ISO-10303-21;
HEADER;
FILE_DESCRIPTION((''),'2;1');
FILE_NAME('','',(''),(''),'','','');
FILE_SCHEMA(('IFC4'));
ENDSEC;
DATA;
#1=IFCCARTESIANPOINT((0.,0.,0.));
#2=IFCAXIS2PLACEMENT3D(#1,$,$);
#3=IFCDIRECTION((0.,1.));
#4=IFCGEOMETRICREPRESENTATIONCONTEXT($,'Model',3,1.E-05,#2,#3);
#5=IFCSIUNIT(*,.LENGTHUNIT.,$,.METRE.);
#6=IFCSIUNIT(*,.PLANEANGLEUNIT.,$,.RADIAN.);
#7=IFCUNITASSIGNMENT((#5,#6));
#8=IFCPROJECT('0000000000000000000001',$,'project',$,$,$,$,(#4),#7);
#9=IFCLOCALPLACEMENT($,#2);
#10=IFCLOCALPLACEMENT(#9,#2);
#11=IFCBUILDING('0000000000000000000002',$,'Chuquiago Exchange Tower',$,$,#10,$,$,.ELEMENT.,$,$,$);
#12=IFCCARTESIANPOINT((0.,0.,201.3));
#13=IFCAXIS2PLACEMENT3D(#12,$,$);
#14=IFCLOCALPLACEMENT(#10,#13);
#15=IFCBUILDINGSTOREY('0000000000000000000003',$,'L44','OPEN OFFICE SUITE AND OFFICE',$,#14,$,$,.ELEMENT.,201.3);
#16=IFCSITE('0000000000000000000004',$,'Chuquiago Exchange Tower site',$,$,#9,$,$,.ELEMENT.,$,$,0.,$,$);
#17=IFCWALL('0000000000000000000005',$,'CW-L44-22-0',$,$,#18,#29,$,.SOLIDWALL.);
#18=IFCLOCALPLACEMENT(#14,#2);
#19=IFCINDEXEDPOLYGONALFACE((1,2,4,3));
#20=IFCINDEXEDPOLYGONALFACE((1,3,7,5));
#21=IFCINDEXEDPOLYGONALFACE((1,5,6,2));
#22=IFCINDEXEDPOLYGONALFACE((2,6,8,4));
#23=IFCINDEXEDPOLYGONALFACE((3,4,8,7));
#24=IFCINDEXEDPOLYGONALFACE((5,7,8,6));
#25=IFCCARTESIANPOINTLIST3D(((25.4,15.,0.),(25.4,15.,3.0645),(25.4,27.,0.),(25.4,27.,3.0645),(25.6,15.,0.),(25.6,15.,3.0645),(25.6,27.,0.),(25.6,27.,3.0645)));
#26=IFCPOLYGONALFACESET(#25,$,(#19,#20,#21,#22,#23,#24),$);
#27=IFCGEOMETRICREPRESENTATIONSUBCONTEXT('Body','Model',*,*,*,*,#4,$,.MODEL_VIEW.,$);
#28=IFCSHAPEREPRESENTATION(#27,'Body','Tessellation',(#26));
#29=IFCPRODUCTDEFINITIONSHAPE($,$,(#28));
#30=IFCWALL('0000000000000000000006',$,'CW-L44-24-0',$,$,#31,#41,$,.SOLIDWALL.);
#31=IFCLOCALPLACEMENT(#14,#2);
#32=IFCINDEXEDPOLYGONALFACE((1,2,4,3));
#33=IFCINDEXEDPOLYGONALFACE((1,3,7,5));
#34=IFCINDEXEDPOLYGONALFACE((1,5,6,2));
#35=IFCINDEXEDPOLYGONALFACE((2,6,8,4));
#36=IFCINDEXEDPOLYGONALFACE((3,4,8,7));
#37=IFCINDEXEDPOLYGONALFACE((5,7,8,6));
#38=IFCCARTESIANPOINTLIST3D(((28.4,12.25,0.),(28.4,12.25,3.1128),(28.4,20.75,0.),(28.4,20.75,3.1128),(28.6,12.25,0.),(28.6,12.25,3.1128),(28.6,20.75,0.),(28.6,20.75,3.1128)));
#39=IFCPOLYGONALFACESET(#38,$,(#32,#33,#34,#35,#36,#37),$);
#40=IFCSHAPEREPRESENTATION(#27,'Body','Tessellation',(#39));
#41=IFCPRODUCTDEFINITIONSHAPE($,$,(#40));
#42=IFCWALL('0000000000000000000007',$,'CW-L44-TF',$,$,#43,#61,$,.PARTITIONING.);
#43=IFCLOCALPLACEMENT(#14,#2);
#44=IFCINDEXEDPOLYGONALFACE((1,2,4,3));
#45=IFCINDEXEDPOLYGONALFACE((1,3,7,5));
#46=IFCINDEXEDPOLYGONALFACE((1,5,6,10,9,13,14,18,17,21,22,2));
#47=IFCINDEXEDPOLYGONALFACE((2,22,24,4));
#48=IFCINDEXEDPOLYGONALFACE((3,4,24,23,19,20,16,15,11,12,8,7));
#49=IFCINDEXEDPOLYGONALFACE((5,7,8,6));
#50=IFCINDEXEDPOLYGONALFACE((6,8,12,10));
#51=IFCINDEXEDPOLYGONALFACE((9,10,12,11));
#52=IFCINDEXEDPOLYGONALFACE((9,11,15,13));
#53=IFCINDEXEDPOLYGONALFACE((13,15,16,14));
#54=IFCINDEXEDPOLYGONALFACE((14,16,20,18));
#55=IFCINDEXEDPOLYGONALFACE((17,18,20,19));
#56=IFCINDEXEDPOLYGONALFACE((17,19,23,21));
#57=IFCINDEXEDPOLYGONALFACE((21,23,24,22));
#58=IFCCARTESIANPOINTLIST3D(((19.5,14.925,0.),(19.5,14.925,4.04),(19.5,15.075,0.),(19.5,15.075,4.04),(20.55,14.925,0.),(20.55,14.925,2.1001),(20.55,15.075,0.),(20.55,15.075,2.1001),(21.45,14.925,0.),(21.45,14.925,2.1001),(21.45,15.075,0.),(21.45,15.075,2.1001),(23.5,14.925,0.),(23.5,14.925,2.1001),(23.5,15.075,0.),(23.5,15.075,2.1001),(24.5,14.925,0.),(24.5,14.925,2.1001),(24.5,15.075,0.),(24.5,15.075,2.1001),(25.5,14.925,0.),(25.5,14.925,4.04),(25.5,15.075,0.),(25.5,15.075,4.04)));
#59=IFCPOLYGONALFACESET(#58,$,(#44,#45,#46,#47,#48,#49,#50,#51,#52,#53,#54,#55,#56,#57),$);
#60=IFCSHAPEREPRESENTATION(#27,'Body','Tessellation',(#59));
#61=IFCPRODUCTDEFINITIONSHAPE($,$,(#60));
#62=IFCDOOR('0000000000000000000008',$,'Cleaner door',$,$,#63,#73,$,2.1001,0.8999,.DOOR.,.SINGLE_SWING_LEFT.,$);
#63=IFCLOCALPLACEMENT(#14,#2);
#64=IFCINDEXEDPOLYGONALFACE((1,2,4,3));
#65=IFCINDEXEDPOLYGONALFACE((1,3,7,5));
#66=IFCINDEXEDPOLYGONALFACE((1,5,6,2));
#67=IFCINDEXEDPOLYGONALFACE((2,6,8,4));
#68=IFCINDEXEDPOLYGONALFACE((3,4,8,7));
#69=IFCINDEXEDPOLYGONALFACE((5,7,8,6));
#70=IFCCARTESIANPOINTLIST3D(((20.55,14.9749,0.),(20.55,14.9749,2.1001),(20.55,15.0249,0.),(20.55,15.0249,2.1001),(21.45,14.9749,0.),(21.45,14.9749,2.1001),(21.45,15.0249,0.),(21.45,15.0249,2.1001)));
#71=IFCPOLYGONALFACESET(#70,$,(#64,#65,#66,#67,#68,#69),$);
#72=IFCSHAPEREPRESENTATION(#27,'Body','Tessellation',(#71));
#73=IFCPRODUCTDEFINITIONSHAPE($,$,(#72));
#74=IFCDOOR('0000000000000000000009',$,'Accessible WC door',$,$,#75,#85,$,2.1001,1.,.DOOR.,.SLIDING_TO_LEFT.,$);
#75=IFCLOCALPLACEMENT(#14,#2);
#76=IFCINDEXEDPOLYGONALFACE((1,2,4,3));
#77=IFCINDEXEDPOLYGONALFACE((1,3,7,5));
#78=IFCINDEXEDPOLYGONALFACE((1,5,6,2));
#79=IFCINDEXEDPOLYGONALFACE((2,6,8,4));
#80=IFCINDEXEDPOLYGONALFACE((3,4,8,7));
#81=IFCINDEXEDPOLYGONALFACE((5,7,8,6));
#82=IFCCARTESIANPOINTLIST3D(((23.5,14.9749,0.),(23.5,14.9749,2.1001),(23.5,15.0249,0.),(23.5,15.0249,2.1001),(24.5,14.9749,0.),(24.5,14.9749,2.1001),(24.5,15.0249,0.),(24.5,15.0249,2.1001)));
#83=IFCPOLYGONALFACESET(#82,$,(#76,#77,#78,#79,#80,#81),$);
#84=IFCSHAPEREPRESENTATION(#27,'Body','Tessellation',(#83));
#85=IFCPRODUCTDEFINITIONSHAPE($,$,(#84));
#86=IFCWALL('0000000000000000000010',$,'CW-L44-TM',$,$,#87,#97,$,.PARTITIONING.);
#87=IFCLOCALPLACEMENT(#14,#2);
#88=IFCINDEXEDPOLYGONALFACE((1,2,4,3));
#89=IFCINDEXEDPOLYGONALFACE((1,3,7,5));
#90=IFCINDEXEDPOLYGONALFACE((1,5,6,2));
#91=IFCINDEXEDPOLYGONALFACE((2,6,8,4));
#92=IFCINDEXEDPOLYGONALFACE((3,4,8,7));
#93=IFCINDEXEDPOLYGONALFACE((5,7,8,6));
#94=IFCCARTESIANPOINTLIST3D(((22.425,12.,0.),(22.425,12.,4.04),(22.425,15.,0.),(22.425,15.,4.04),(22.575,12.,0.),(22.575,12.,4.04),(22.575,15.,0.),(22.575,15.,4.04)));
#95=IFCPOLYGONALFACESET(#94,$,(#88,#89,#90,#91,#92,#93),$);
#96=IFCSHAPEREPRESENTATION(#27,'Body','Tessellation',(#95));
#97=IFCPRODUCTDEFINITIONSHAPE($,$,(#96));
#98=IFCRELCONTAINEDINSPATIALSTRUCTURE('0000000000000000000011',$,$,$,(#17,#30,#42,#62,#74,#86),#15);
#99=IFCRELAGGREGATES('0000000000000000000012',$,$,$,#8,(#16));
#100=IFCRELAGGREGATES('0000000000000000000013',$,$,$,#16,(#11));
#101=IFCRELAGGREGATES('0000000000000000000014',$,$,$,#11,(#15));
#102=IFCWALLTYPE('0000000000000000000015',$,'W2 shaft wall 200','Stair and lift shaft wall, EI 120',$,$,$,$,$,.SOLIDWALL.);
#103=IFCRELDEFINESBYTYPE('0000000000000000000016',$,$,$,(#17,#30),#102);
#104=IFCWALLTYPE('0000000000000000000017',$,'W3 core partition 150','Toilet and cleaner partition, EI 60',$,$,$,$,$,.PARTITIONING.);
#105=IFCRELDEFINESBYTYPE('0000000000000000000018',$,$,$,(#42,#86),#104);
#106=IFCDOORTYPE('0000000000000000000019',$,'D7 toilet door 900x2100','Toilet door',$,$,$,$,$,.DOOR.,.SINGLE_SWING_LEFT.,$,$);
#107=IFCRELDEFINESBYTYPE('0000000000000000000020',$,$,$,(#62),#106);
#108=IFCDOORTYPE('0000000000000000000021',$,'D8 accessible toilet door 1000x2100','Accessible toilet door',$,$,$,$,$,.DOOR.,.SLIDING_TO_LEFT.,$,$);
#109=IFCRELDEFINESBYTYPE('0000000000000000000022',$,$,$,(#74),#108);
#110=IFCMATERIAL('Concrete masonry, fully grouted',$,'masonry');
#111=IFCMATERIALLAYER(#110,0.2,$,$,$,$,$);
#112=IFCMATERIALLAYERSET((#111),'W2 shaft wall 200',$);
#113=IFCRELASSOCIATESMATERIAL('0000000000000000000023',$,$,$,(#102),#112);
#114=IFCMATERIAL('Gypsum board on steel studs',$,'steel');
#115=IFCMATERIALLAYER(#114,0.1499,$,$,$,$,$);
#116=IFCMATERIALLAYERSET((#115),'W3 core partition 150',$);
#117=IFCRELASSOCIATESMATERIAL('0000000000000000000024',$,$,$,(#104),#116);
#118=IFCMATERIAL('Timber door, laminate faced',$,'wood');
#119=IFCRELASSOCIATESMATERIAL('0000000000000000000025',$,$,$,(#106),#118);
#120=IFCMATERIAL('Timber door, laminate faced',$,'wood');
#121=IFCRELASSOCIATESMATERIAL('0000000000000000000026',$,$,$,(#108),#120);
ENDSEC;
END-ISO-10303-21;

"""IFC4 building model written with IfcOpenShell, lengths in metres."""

from ifc_helpers import new_model, si_unit, direction, frame, frame_2d, origin, place, context, subcontext, project, spatial, rectangle, extrude, material, layer, layer_set, type_object, element, fill, save


model = new_model("IFC4")

# Units and contexts
model_context = context("Model", 3, precision=1e-05, world=origin(), true_north=direction((0.0, 1.0)))
body_context = subcontext(model_context, "Body", "Model", "MODEL_VIEW")
ifc_project = project(units=[si_unit("LENGTHUNIT", "METRE"), si_unit("PLANEANGLEUNIT", "RADIAN")], contexts=[model_context])

# Site, building, storey
site_placement = place(None, origin())
site = spatial("IfcSite", under=ifc_project, at=site_placement, Name="Chuquiago Exchange Tower site", CompositionType="ELEMENT", RefElevation=0.0)
building_placement = place(site_placement, origin())
building = spatial("IfcBuilding", under=site, at=building_placement, Name="Chuquiago Exchange Tower", CompositionType="ELEMENT")
storey_placement = place(building_placement, frame((0.0, 0.0, 201.3)))
storey = spatial("IfcBuildingStorey", under=building, at=storey_placement, Name="L44", Description="OPEN OFFICE SUITE AND OFFICE", CompositionType="ELEMENT", Elevation=201.3)

# Shared definitions
ifc_material_1 = material(Name="Concrete masonry, fully grouted", Category="masonry")
ifc_layer_1 = layer(ifc_material_1, 0.2)
ifc_layer_set_1 = layer_set([ifc_layer_1], Name="W2 shaft wall 200")
wall_type_1 = type_object("IfcWallType", Name="W2 shaft wall 200", Description="Stair and lift shaft wall, EI 120", PredefinedType="SOLIDWALL", material=ifc_layer_set_1)

# Walls
wall_1_placement = place(storey_placement, frame((25.5, 15.0, 0.0), z_axis=(0.0, 0.0, 1.0), x_axis=(0.0, 1.0, 0.0)))
element("IfcWall", 1, at=wall_1_placement, inside=storey, type_object=wall_type_1, Name="CW-L44-22-0", PredefinedType="SOLIDWALL", context=body_context, shape_type="SweptSolid", body=[
    extrude(rectangle(XDim=12.0, YDim=0.2, at=frame_2d((6.0, 0.0))), origin(), (0.0, 0.0, 1.0), 3.0645),
])
wall_2_placement = place(storey_placement, frame((28.5, 12.25, 0.0), z_axis=(0.0, 0.0, 1.0), x_axis=(0.0, 1.0, 0.0)))
element("IfcWall", 2, at=wall_2_placement, inside=storey, type_object=wall_type_1, Name="CW-L44-24-0", PredefinedType="SOLIDWALL", context=body_context, shape_type="SweptSolid", body=[
    extrude(rectangle(XDim=8.5, YDim=0.2, at=frame_2d((4.25, 0.0))), origin(), (0.0, 0.0, 1.0), 3.1128),
])

# Wall, openings, doors
ifc_material_2 = material(Name="Gypsum board on steel studs", Category="steel")
ifc_layer_2 = layer(ifc_material_2, 0.1499)
ifc_layer_set_2 = layer_set([ifc_layer_2], Name="W3 core partition 150")
wall_type_2 = type_object("IfcWallType", Name="W3 core partition 150", Description="Toilet and cleaner partition, EI 60", PredefinedType="PARTITIONING", material=ifc_layer_set_2)
wall_3_placement = place(storey_placement, frame((19.5, 15.0, 0.0), z_axis=(0.0, 0.0, 1.0), x_axis=(1.0, 0.0, 0.0)))
wall_3 = element("IfcWall", 3, at=wall_3_placement, inside=storey, type_object=wall_type_2, Name="CW-L44-TF", PredefinedType="PARTITIONING", context=body_context, shape_type="SweptSolid", body=[
    extrude(rectangle(XDim=6.0, YDim=0.1499, at=frame_2d((3.0, 0.0))), origin(), (0.0, 0.0, 1.0), 4.04),
])
opening_1_placement = place(wall_3_placement, frame((4.0, 0.0, 0.0)))
opening_1 = element("IfcOpeningElement", 4, at=opening_1_placement, cuts=wall_3, PredefinedType="OPENING", context=body_context, shape_type="SweptSolid", body=[
    extrude(rectangle(XDim=1.0, YDim=2.1001, at=frame_2d((0.5, 1.05))), frame((0.0, 0.085, 0.0), z_axis=(0.0, -1.0, 0.0), x_axis=(1.0, 0.0, 0.0)), (0.0, 0.0, 1.0), 0.1699),
])
opening_2_placement = place(wall_3_placement, frame((1.05, 0.0, 0.0)))
opening_2 = element("IfcOpeningElement", 5, at=opening_2_placement, cuts=wall_3, PredefinedType="OPENING", context=body_context, shape_type="SweptSolid", body=[
    extrude(rectangle(XDim=0.8999, YDim=2.1001, at=frame_2d((0.45, 1.05))), frame((0.0, 0.085, 0.0), z_axis=(0.0, -1.0, 0.0), x_axis=(1.0, 0.0, 0.0)), (0.0, 0.0, 1.0), 0.1699),
])
ifc_material_3 = material(Name="Timber door, laminate faced", Category="wood")
door_type_1 = type_object("IfcDoorType", Name="D7 toilet door 900x2100", Description="Toilet door", OperationType="SINGLE_SWING_LEFT", PredefinedType="DOOR", material=ifc_material_3)
door_1_placement = place(opening_2_placement, origin())
door_1 = element("IfcDoor", 6, at=door_1_placement, inside=storey, type_object=door_type_1, Name="Cleaner door", OperationType="SINGLE_SWING_LEFT", OverallHeight=2.1001, OverallWidth=0.8999, PredefinedType="DOOR", context=body_context, shape_type="SweptSolid", body=[
    extrude(rectangle(XDim=0.8999, YDim=2.1001, at=frame_2d((0.45, 1.05))), frame((0.0, 0.0249, 0.0), z_axis=(0.0, -1.0, 0.0), x_axis=(1.0, 0.0, 0.0)), (0.0, 0.0, 1.0), 0.05),
])
fill(opening_2, door_1)
ifc_material_4 = material(Name="Timber door, laminate faced", Category="wood")
door_type_2 = type_object("IfcDoorType", Name="D8 accessible toilet door 1000x2100", Description="Accessible toilet door", OperationType="SLIDING_TO_LEFT", PredefinedType="DOOR", material=ifc_material_4)
door_2_placement = place(opening_1_placement, origin())
door_2 = element("IfcDoor", 7, at=door_2_placement, inside=storey, type_object=door_type_2, Name="Accessible WC door", OperationType="SLIDING_TO_LEFT", OverallHeight=2.1001, OverallWidth=1.0, PredefinedType="DOOR", context=body_context, shape_type="SweptSolid", body=[
    extrude(rectangle(XDim=1.0, YDim=2.1001, at=frame_2d((0.5, 1.05))), frame((0.0, 0.0249, 0.0), z_axis=(0.0, -1.0, 0.0), x_axis=(1.0, 0.0, 0.0)), (0.0, 0.0, 1.0), 0.05),
])
fill(opening_1, door_2)

# Wall
wall_4_placement = place(storey_placement, frame((22.5, 15.0, 0.0), z_axis=(0.0, 0.0, 1.0), x_axis=(0.0, -1.0, 0.0)))
element("IfcWall", 8, at=wall_4_placement, inside=storey, type_object=wall_type_2, Name="CW-L44-TM", PredefinedType="PARTITIONING", context=body_context, shape_type="SweptSolid", body=[
    extrude(rectangle(XDim=3.0, YDim=0.1499, at=frame_2d((1.5, 0.0))), origin(), (0.0, 0.0, 1.0), 4.04),
])

save(model, "model.ifc")
